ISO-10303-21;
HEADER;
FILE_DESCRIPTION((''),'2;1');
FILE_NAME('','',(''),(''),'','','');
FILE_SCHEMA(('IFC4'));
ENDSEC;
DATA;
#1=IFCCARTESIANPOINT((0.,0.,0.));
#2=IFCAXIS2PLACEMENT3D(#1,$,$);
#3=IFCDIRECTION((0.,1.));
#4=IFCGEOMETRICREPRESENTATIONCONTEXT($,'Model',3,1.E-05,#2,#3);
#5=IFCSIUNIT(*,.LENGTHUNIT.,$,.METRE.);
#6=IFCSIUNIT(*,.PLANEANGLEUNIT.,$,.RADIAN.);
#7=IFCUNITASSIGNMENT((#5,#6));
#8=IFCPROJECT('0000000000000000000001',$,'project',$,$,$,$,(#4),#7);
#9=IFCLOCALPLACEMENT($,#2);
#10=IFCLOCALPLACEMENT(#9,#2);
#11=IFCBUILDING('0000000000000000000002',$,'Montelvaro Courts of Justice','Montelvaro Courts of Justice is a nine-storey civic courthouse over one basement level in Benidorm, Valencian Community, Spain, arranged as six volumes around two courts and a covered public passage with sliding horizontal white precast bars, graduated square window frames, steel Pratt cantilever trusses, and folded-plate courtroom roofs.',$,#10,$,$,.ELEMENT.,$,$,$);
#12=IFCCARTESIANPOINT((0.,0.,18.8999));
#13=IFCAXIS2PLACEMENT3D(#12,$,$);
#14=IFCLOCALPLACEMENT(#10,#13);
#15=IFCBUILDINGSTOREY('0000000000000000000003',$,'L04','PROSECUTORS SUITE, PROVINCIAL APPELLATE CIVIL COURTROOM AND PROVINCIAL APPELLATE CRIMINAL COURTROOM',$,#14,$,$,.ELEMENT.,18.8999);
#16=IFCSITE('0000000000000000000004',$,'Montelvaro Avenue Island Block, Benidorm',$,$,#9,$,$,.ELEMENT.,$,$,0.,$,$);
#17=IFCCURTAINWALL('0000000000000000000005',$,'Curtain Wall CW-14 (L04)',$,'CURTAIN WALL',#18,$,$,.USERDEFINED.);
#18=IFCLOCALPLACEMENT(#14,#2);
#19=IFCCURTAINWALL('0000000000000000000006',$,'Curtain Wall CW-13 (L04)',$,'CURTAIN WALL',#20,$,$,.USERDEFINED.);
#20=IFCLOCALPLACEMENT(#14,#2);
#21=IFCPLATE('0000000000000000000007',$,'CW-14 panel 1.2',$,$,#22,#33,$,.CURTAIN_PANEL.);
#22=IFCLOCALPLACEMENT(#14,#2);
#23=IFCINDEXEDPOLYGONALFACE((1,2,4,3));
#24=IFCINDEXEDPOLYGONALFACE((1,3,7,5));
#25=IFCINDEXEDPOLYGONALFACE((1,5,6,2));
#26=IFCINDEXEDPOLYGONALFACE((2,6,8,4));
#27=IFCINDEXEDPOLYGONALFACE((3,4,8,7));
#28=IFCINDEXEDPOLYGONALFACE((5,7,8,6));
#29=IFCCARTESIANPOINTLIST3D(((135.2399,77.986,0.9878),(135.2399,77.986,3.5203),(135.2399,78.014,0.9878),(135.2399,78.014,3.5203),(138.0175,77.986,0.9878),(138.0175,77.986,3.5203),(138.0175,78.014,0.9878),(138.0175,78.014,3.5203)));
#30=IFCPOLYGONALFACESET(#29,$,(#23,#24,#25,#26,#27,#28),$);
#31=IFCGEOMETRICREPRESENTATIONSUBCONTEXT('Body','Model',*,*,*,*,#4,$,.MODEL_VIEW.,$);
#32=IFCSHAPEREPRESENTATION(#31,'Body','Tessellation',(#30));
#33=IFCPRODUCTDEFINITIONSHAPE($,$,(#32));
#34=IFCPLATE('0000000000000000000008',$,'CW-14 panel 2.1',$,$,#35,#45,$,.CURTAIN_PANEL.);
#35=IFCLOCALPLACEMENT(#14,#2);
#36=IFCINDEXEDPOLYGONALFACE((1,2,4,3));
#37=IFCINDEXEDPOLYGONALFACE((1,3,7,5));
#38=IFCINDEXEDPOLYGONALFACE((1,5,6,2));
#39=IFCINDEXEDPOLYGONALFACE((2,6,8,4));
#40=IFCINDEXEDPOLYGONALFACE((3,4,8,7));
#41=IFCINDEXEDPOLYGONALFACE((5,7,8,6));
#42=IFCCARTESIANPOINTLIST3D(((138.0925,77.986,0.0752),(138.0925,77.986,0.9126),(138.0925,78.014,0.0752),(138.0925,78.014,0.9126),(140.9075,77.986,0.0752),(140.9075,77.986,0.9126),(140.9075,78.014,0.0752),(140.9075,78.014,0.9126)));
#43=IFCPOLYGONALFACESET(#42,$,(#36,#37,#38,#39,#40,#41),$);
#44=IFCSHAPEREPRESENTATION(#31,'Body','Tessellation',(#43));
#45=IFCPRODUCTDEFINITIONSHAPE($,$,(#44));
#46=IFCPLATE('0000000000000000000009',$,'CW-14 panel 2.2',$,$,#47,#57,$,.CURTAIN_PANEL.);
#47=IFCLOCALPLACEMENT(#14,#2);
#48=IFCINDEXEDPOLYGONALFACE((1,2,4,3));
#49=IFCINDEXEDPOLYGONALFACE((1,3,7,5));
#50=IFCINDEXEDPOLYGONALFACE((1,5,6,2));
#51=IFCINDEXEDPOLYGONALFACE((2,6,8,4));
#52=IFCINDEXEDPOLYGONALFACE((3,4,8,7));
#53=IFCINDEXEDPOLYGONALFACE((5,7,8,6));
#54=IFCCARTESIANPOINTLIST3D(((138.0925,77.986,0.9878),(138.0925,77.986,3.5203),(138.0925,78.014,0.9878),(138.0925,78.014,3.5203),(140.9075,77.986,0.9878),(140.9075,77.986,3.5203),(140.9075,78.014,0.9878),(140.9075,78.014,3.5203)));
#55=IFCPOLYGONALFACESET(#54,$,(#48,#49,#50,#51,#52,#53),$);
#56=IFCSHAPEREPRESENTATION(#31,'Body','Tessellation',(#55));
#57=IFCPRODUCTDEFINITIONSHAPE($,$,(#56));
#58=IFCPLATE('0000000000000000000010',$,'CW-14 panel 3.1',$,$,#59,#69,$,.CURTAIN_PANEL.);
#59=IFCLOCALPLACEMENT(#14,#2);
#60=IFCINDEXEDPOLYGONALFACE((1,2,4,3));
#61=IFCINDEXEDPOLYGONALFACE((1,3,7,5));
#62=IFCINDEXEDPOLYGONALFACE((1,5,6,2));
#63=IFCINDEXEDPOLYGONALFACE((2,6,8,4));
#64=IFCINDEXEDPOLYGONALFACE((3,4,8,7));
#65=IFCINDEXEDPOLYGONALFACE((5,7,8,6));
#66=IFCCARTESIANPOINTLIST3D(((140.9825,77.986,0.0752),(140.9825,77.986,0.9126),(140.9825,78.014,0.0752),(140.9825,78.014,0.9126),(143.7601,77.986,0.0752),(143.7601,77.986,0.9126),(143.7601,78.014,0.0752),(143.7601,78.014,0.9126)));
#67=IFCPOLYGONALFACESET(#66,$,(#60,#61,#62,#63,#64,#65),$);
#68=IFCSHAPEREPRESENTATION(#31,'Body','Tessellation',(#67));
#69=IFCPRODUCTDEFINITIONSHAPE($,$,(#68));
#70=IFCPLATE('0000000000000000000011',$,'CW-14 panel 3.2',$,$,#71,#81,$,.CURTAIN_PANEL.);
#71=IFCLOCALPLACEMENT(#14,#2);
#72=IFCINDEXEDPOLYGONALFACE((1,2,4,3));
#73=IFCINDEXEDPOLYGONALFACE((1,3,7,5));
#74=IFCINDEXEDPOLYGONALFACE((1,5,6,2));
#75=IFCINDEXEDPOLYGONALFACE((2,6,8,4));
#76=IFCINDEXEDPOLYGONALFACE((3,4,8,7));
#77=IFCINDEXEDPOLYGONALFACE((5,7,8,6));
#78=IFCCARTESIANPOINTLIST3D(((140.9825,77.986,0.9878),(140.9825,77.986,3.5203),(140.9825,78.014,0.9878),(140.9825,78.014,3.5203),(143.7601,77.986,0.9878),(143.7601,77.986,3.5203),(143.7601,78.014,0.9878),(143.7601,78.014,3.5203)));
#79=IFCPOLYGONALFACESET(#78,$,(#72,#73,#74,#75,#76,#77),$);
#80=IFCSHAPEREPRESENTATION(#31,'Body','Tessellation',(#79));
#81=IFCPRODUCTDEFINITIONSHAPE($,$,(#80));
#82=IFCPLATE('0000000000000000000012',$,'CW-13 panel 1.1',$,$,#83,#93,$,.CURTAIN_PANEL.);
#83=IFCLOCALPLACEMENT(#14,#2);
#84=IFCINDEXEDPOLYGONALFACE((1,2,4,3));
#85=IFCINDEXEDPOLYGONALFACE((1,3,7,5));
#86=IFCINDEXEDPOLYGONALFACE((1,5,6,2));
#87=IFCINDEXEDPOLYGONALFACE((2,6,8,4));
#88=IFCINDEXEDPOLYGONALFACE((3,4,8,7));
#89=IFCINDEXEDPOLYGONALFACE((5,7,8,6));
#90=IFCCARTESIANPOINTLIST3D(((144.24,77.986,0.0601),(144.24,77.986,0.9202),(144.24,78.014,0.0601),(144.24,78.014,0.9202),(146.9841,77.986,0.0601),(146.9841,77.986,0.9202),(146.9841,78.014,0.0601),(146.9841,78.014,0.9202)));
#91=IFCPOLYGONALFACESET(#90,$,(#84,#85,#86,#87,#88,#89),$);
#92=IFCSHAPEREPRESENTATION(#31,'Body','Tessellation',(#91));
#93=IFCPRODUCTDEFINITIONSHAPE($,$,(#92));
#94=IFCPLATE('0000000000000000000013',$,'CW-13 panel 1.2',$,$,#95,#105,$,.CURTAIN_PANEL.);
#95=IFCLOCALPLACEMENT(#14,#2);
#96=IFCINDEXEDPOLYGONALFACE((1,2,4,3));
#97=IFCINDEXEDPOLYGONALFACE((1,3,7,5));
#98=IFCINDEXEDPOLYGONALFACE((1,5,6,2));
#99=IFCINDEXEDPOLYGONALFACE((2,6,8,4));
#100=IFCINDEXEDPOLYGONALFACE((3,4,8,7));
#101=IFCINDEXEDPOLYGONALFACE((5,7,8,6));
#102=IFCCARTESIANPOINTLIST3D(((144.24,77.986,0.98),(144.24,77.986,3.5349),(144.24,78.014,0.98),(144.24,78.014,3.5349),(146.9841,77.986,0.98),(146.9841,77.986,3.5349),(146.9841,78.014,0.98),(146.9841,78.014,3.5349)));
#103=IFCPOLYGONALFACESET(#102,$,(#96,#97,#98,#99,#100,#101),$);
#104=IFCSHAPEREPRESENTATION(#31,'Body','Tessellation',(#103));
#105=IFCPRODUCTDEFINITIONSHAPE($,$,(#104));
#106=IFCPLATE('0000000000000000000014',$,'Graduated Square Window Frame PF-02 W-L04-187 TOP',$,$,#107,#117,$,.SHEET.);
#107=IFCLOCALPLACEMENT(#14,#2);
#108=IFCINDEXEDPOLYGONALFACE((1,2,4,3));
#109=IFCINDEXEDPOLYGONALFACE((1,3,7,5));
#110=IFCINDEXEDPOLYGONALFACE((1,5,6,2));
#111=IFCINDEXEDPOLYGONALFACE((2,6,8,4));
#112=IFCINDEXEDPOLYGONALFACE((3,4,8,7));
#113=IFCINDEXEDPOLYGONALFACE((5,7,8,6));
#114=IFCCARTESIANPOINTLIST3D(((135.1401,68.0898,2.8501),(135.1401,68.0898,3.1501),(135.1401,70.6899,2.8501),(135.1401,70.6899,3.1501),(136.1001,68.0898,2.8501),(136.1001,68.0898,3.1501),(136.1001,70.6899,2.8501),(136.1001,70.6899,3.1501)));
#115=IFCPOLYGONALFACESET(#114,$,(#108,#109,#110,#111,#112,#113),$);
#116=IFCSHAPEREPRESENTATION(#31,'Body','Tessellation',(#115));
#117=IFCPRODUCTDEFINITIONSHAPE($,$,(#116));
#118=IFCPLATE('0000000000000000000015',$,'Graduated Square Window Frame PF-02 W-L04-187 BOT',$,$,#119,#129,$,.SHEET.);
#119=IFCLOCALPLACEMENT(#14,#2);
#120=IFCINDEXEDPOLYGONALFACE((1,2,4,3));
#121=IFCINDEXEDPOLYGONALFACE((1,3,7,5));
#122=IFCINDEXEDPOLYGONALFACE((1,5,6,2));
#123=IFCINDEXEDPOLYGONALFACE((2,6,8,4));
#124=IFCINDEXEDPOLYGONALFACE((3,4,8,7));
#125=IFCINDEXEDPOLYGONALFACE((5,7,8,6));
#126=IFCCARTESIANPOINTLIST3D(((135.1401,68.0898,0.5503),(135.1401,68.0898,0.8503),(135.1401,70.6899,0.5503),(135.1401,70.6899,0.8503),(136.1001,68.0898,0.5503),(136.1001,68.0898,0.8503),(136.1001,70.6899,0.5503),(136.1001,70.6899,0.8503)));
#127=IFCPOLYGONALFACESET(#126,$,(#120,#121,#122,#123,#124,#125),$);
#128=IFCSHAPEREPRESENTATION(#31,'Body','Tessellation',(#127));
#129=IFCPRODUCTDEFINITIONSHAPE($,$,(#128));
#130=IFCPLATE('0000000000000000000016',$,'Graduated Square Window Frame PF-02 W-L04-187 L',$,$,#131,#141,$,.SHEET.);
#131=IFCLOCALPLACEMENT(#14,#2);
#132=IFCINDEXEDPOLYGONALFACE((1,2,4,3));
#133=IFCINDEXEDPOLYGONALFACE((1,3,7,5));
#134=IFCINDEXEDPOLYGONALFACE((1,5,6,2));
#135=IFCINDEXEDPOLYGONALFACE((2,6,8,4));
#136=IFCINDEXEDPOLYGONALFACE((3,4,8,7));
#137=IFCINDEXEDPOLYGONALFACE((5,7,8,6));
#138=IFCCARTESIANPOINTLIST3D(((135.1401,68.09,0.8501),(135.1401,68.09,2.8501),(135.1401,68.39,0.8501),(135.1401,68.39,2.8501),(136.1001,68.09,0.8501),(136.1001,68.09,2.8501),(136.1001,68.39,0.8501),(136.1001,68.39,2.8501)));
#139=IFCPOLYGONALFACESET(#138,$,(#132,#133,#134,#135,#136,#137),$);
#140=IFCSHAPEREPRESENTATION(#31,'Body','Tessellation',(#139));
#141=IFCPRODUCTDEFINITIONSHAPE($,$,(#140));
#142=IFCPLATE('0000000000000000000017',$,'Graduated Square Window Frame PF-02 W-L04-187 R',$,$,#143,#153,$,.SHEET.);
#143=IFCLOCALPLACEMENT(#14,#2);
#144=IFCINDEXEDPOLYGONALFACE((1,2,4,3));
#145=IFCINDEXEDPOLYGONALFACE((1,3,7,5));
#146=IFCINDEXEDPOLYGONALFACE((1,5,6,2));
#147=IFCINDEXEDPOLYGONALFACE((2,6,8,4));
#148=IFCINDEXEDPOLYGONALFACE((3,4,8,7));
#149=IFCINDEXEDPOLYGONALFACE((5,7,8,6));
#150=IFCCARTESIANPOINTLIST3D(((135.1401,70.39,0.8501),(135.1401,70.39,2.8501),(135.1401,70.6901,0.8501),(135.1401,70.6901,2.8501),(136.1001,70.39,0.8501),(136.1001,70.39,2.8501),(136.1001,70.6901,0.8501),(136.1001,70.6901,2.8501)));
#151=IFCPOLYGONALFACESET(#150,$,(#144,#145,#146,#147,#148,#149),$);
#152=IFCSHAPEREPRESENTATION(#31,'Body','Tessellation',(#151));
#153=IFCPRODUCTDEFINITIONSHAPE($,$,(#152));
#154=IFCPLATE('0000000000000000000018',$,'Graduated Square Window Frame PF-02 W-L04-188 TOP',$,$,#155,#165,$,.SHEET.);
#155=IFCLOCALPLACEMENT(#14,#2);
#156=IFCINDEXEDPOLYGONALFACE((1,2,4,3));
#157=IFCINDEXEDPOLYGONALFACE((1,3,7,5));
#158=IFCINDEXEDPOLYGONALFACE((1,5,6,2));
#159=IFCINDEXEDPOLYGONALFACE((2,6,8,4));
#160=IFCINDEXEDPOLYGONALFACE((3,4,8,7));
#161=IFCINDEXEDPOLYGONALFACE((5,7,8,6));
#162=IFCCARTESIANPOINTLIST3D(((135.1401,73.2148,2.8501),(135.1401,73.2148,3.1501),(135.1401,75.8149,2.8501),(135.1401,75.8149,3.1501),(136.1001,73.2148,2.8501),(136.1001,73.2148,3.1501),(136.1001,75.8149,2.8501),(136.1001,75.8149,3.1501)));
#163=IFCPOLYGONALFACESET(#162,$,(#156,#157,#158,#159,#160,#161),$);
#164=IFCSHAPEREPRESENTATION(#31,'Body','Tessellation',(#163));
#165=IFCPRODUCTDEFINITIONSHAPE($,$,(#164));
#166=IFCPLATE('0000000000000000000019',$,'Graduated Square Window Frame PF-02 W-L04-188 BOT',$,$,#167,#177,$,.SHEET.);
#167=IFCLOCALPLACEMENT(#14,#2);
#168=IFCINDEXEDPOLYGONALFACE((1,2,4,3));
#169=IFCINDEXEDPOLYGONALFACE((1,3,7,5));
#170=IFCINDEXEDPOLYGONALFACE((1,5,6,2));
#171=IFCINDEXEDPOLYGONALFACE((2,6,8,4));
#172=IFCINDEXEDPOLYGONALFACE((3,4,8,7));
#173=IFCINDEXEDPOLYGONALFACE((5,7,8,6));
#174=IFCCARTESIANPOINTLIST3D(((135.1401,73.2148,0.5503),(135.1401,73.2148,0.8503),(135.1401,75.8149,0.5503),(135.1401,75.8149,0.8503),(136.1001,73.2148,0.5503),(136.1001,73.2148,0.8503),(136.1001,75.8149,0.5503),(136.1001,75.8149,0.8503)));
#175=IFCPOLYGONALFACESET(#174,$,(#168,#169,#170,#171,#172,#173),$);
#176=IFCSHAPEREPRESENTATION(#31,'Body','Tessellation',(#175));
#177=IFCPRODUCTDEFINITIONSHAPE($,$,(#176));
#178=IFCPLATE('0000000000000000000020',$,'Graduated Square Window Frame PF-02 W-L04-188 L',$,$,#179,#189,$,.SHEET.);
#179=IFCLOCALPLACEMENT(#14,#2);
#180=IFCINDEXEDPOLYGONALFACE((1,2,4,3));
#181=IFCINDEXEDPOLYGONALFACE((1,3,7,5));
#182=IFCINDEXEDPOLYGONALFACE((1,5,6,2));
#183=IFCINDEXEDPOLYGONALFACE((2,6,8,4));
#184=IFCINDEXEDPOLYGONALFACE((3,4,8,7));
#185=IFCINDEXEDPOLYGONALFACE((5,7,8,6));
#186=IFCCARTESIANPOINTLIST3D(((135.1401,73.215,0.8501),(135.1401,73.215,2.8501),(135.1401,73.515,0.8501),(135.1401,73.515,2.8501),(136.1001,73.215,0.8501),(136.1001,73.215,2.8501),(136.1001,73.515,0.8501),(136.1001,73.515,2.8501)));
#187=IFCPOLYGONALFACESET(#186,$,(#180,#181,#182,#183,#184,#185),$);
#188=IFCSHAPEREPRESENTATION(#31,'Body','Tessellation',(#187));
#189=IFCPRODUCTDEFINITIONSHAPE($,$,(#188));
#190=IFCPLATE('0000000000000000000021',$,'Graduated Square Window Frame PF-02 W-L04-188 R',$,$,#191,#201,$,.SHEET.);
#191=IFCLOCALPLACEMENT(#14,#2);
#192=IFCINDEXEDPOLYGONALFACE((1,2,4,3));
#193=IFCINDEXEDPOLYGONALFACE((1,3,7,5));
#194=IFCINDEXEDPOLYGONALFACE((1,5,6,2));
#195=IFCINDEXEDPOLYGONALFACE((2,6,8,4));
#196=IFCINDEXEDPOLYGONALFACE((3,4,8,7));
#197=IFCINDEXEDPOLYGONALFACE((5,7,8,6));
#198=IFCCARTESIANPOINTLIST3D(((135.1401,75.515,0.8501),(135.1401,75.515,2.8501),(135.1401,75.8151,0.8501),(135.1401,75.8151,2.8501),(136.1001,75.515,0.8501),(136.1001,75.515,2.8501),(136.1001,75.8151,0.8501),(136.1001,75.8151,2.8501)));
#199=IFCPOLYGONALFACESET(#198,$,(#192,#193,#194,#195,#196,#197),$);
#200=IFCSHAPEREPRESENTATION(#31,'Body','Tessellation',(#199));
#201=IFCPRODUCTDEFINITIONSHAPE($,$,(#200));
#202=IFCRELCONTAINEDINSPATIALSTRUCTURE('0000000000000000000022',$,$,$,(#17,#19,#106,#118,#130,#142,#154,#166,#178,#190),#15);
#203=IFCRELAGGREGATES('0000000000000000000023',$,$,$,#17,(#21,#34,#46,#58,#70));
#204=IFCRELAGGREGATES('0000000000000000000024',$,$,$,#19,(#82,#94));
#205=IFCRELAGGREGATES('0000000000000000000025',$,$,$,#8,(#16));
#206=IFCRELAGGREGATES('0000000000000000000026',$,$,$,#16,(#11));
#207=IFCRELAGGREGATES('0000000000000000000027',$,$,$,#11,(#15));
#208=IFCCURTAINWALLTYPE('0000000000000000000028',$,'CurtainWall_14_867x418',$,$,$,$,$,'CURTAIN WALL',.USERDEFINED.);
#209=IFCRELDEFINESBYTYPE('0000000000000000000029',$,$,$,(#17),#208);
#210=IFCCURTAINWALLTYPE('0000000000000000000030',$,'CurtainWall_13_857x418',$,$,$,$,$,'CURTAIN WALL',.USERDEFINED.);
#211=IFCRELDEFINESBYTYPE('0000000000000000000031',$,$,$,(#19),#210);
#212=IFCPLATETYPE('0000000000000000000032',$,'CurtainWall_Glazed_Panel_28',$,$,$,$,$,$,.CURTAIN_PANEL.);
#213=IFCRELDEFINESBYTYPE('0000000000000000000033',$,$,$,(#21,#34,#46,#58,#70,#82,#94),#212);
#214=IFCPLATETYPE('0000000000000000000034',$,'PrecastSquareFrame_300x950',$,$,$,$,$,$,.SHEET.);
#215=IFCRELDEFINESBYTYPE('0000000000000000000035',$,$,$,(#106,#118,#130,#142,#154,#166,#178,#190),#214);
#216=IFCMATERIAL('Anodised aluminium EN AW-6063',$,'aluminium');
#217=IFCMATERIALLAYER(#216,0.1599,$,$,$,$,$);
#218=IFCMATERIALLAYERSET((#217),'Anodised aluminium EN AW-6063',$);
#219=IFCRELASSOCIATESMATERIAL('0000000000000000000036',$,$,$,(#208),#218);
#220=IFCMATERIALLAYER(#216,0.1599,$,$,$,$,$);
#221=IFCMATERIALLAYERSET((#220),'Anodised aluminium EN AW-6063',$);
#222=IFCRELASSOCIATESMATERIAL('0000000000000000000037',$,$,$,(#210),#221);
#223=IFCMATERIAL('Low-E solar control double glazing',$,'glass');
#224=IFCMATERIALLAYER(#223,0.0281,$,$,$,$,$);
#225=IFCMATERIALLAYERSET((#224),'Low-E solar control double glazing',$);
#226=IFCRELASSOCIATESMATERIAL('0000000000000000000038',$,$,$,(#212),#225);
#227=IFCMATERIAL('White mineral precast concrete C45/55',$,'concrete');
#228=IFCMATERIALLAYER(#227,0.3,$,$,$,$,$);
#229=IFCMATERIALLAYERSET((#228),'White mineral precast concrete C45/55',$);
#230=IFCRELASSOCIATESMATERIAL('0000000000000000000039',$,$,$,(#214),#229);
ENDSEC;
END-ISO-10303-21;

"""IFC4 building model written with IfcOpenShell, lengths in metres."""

from ifc_helpers import new_model, si_unit, direction, frame, origin, origin_2d, place, context, subcontext, project, spatial, rectangle, extrude, material, layer, layer_set, type_object, element, aggregate, save


model = new_model("IFC4")

# Units and contexts
model_context = context("Model", 3, precision=1e-05, world=origin(), true_north=direction((0.0, 1.0)))
body_context = subcontext(model_context, "Body", "Model", "MODEL_VIEW")
ifc_project = project(units=[si_unit("LENGTHUNIT", "METRE"), si_unit("PLANEANGLEUNIT", "RADIAN")], contexts=[model_context])

# Site, building, storey
site_placement = place(None, origin())
site = spatial("IfcSite", under=ifc_project, at=site_placement, Name="Montelvaro Avenue Island Block, Benidorm", CompositionType="ELEMENT", RefElevation=0.0)
building_placement = place(site_placement, origin())
building = spatial("IfcBuilding", under=site, at=building_placement, Name="Montelvaro Courts of Justice", Description="Montelvaro Courts of Justice is a nine-storey civic courthouse over one basement level in Benidorm, Valencian Community, Spain, arranged as six volumes around two courts and a covered public passage with sliding horizontal white precast bars, graduated square window frames, steel Pratt cantilever trusses, and folded-plate courtroom roofs.", CompositionType="ELEMENT")
storey_placement = place(building_placement, frame((0.0, 0.0, 18.8999)))
storey = spatial("IfcBuildingStorey", under=building, at=storey_placement, Name="L04", Description="PROSECUTORS SUITE, PROVINCIAL APPELLATE CIVIL COURTROOM AND PROVINCIAL APPELLATE CRIMINAL COURTROOM", CompositionType="ELEMENT", Elevation=18.8999)

# Curtain walls
ifc_material_1 = material(Name="Anodised aluminium EN AW-6063", Category="aluminium")
ifc_layer_1 = layer(ifc_material_1, 0.1599)
ifc_layer_set_1 = layer_set([ifc_layer_1], Name="Anodised aluminium EN AW-6063")
curtain_wall_type_1 = type_object("IfcCurtainWallType", Name="CurtainWall_14_867x418", ElementType="CURTAIN WALL", PredefinedType="USERDEFINED", material=ifc_layer_set_1)
curtain_wall_1_placement = place(storey_placement, origin())
curtain_wall_1 = element("IfcCurtainWall", 1, at=curtain_wall_1_placement, inside=storey, type_object=curtain_wall_type_1, Name="Curtain Wall CW-14 (L04)", ObjectType="CURTAIN WALL", PredefinedType="USERDEFINED")
ifc_layer_2 = layer(ifc_material_1, 0.1599)
ifc_layer_set_2 = layer_set([ifc_layer_2], Name="Anodised aluminium EN AW-6063")
curtain_wall_type_2 = type_object("IfcCurtainWallType", Name="CurtainWall_13_857x418", ElementType="CURTAIN WALL", PredefinedType="USERDEFINED", material=ifc_layer_set_2)
curtain_wall_2_placement = place(storey_placement, origin())
curtain_wall_2 = element("IfcCurtainWall", 2, at=curtain_wall_2_placement, inside=storey, type_object=curtain_wall_type_2, Name="Curtain Wall CW-13 (L04)", ObjectType="CURTAIN WALL", PredefinedType="USERDEFINED")

# Plates
ifc_material_2 = material(Name="Low-E solar control double glazing", Category="glass")
ifc_layer_3 = layer(ifc_material_2, 0.0281)
ifc_layer_set_3 = layer_set([ifc_layer_3], Name="Low-E solar control double glazing")
plate_type_1 = type_object("IfcPlateType", Name="CurtainWall_Glazed_Panel_28", PredefinedType="CURTAIN_PANEL", material=ifc_layer_set_3)
plate_1_placement = place(storey_placement, frame((136.6287, 78.0, 0.9878), z_axis=(0.0, 0.0, 1.0), x_axis=(1.0, 0.0, 0.0)))
plate_1 = element("IfcPlate", 3, at=plate_1_placement, type_object=plate_type_1, Name="CW-14 panel 1.2", PredefinedType="CURTAIN_PANEL", context=body_context, shape_type="SweptSolid", body=[
    extrude(rectangle(XDim=2.7776, YDim=0.0281, at=origin_2d()), origin(), (0.0, 0.0, 1.0), 2.5325),
])
plate_2_placement = place(storey_placement, frame((139.5, 78.0, 0.0752), z_axis=(0.0, 0.0, 1.0), x_axis=(1.0, 0.0, 0.0)))
plate_2 = element("IfcPlate", 4, at=plate_2_placement, type_object=plate_type_1, Name="CW-14 panel 2.1", PredefinedType="CURTAIN_PANEL", context=body_context, shape_type="SweptSolid", body=[
    extrude(rectangle(XDim=2.8149, YDim=0.0281, at=origin_2d()), origin(), (0.0, 0.0, 1.0), 0.8374),
])
plate_3_placement = place(storey_placement, frame((139.5, 78.0, 0.9878), z_axis=(0.0, 0.0, 1.0), x_axis=(1.0, 0.0, 0.0)))
plate_3 = element("IfcPlate", 5, at=plate_3_placement, type_object=plate_type_1, Name="CW-14 panel 2.2", PredefinedType="CURTAIN_PANEL", context=body_context, shape_type="SweptSolid", body=[
    extrude(rectangle(XDim=2.8149, YDim=0.0281, at=origin_2d()), origin(), (0.0, 0.0, 1.0), 2.5325),
])
plate_4_placement = place(storey_placement, frame((142.3713, 78.0, 0.0752), z_axis=(0.0, 0.0, 1.0), x_axis=(1.0, 0.0, 0.0)))
plate_4 = element("IfcPlate", 6, at=plate_4_placement, type_object=plate_type_1, Name="CW-14 panel 3.1", PredefinedType="CURTAIN_PANEL", context=body_context, shape_type="SweptSolid", body=[
    extrude(rectangle(XDim=2.7776, YDim=0.0281, at=origin_2d()), origin(), (0.0, 0.0, 1.0), 0.8374),
])
plate_5_placement = place(storey_placement, frame((142.3713, 78.0, 0.9878), z_axis=(0.0, 0.0, 1.0), x_axis=(1.0, 0.0, 0.0)))
plate_5 = element("IfcPlate", 7, at=plate_5_placement, type_object=plate_type_1, Name="CW-14 panel 3.2", PredefinedType="CURTAIN_PANEL", context=body_context, shape_type="SweptSolid", body=[
    extrude(rectangle(XDim=2.7776, YDim=0.0281, at=origin_2d()), origin(), (0.0, 0.0, 1.0), 2.5325),
])
aggregate(curtain_wall_1, [plate_1, plate_2, plate_3, plate_4, plate_5])
plate_6_placement = place(storey_placement, frame((145.6121, 78.0, 0.0601), z_axis=(0.0, 0.0, 1.0), x_axis=(1.0, 0.0, 0.0)))
plate_6 = element("IfcPlate", 8, at=plate_6_placement, type_object=plate_type_1, Name="CW-13 panel 1.1", PredefinedType="CURTAIN_PANEL", context=body_context, shape_type="SweptSolid", body=[
    extrude(rectangle(XDim=2.7441, YDim=0.0281, at=origin_2d()), origin(), (0.0, 0.0, 1.0), 0.8601),
])
plate_7_placement = place(storey_placement, frame((145.6121, 78.0, 0.98), z_axis=(0.0, 0.0, 1.0), x_axis=(1.0, 0.0, 0.0)))
plate_7 = element("IfcPlate", 9, at=plate_7_placement, type_object=plate_type_1, Name="CW-13 panel 1.2", PredefinedType="CURTAIN_PANEL", context=body_context, shape_type="SweptSolid", body=[
    extrude(rectangle(XDim=2.7441, YDim=0.0281, at=origin_2d()), origin(), (0.0, 0.0, 1.0), 2.5549),
])
aggregate(curtain_wall_2, [plate_6, plate_7])

# Plates
ifc_material_3 = material(Name="White mineral precast concrete C45/55", Category="concrete")
ifc_layer_4 = layer(ifc_material_3, 0.3)
ifc_layer_set_4 = layer_set([ifc_layer_4], Name="White mineral precast concrete C45/55")
plate_type_2 = type_object("IfcPlateType", Name="PrecastSquareFrame_300x950", PredefinedType="SHEET", material=ifc_layer_set_4)
for number, where, z_axis, x_axis, name in (
    (10, (135.6201, 69.3899, 2.8501), (0.0, 0.0, 1.0), (0.0, 1.0, 0.0), "Graduated Square Window Frame PF-02 W-L04-187 TOP"),
    (11, (135.6201, 69.3899, 0.5503), (0.0, 0.0, 1.0), (0.0, 1.0, 0.0), "Graduated Square Window Frame PF-02 W-L04-187 BOT"),
):
    element("IfcPlate", number, at=place(storey_placement, frame(where, z_axis=z_axis, x_axis=x_axis)), inside=storey, type_object=plate_type_2, Name=name, PredefinedType="SHEET", context=body_context, shape_type="SweptSolid", body=[
        extrude(rectangle(XDim=2.6001, YDim=0.96, at=origin_2d()), origin(), (0.0, 0.0, 1.0), 0.3),
    ])
for number, where, z_axis, x_axis, name in (
    (12, (135.6201, 68.24, 0.8501), (0.0, 0.0, 1.0), (0.0, 1.0, 0.0), "Graduated Square Window Frame PF-02 W-L04-187 L"),
    (13, (135.6201, 70.54, 0.8501), (0.0, 0.0, 1.0), (0.0, 1.0, 0.0), "Graduated Square Window Frame PF-02 W-L04-187 R"),
):
    element("IfcPlate", number, at=place(storey_placement, frame(where, z_axis=z_axis, x_axis=x_axis)), inside=storey, type_object=plate_type_2, Name=name, PredefinedType="SHEET", context=body_context, shape_type="SweptSolid", body=[
        extrude(rectangle(XDim=0.3, YDim=0.96, at=origin_2d()), origin(), (0.0, 0.0, 1.0), 2.0),
    ])
for number, where, z_axis, x_axis, name in (
    (14, (135.6201, 74.5149, 2.8501), (0.0, 0.0, 1.0), (0.0, 1.0, 0.0), "Graduated Square Window Frame PF-02 W-L04-188 TOP"),
    (15, (135.6201, 74.5149, 0.5503), (0.0, 0.0, 1.0), (0.0, 1.0, 0.0), "Graduated Square Window Frame PF-02 W-L04-188 BOT"),
):
    element("IfcPlate", number, at=place(storey_placement, frame(where, z_axis=z_axis, x_axis=x_axis)), inside=storey, type_object=plate_type_2, Name=name, PredefinedType="SHEET", context=body_context, shape_type="SweptSolid", body=[
        extrude(rectangle(XDim=2.6001, YDim=0.96, at=origin_2d()), origin(), (0.0, 0.0, 1.0), 0.3),
    ])
for number, where, z_axis, x_axis, name in (
    (16, (135.6201, 73.365, 0.8501), (0.0, 0.0, 1.0), (0.0, 1.0, 0.0), "Graduated Square Window Frame PF-02 W-L04-188 L"),
    (17, (135.6201, 75.665, 0.8501), (0.0, 0.0, 1.0), (0.0, 1.0, 0.0), "Graduated Square Window Frame PF-02 W-L04-188 R"),
):
    element("IfcPlate", number, at=place(storey_placement, frame(where, z_axis=z_axis, x_axis=x_axis)), inside=storey, type_object=plate_type_2, Name=name, PredefinedType="SHEET", context=body_context, shape_type="SweptSolid", body=[
        extrude(rectangle(XDim=0.3, YDim=0.96, at=origin_2d()), origin(), (0.0, 0.0, 1.0), 2.0),
    ])

save(model, "model.ifc")
